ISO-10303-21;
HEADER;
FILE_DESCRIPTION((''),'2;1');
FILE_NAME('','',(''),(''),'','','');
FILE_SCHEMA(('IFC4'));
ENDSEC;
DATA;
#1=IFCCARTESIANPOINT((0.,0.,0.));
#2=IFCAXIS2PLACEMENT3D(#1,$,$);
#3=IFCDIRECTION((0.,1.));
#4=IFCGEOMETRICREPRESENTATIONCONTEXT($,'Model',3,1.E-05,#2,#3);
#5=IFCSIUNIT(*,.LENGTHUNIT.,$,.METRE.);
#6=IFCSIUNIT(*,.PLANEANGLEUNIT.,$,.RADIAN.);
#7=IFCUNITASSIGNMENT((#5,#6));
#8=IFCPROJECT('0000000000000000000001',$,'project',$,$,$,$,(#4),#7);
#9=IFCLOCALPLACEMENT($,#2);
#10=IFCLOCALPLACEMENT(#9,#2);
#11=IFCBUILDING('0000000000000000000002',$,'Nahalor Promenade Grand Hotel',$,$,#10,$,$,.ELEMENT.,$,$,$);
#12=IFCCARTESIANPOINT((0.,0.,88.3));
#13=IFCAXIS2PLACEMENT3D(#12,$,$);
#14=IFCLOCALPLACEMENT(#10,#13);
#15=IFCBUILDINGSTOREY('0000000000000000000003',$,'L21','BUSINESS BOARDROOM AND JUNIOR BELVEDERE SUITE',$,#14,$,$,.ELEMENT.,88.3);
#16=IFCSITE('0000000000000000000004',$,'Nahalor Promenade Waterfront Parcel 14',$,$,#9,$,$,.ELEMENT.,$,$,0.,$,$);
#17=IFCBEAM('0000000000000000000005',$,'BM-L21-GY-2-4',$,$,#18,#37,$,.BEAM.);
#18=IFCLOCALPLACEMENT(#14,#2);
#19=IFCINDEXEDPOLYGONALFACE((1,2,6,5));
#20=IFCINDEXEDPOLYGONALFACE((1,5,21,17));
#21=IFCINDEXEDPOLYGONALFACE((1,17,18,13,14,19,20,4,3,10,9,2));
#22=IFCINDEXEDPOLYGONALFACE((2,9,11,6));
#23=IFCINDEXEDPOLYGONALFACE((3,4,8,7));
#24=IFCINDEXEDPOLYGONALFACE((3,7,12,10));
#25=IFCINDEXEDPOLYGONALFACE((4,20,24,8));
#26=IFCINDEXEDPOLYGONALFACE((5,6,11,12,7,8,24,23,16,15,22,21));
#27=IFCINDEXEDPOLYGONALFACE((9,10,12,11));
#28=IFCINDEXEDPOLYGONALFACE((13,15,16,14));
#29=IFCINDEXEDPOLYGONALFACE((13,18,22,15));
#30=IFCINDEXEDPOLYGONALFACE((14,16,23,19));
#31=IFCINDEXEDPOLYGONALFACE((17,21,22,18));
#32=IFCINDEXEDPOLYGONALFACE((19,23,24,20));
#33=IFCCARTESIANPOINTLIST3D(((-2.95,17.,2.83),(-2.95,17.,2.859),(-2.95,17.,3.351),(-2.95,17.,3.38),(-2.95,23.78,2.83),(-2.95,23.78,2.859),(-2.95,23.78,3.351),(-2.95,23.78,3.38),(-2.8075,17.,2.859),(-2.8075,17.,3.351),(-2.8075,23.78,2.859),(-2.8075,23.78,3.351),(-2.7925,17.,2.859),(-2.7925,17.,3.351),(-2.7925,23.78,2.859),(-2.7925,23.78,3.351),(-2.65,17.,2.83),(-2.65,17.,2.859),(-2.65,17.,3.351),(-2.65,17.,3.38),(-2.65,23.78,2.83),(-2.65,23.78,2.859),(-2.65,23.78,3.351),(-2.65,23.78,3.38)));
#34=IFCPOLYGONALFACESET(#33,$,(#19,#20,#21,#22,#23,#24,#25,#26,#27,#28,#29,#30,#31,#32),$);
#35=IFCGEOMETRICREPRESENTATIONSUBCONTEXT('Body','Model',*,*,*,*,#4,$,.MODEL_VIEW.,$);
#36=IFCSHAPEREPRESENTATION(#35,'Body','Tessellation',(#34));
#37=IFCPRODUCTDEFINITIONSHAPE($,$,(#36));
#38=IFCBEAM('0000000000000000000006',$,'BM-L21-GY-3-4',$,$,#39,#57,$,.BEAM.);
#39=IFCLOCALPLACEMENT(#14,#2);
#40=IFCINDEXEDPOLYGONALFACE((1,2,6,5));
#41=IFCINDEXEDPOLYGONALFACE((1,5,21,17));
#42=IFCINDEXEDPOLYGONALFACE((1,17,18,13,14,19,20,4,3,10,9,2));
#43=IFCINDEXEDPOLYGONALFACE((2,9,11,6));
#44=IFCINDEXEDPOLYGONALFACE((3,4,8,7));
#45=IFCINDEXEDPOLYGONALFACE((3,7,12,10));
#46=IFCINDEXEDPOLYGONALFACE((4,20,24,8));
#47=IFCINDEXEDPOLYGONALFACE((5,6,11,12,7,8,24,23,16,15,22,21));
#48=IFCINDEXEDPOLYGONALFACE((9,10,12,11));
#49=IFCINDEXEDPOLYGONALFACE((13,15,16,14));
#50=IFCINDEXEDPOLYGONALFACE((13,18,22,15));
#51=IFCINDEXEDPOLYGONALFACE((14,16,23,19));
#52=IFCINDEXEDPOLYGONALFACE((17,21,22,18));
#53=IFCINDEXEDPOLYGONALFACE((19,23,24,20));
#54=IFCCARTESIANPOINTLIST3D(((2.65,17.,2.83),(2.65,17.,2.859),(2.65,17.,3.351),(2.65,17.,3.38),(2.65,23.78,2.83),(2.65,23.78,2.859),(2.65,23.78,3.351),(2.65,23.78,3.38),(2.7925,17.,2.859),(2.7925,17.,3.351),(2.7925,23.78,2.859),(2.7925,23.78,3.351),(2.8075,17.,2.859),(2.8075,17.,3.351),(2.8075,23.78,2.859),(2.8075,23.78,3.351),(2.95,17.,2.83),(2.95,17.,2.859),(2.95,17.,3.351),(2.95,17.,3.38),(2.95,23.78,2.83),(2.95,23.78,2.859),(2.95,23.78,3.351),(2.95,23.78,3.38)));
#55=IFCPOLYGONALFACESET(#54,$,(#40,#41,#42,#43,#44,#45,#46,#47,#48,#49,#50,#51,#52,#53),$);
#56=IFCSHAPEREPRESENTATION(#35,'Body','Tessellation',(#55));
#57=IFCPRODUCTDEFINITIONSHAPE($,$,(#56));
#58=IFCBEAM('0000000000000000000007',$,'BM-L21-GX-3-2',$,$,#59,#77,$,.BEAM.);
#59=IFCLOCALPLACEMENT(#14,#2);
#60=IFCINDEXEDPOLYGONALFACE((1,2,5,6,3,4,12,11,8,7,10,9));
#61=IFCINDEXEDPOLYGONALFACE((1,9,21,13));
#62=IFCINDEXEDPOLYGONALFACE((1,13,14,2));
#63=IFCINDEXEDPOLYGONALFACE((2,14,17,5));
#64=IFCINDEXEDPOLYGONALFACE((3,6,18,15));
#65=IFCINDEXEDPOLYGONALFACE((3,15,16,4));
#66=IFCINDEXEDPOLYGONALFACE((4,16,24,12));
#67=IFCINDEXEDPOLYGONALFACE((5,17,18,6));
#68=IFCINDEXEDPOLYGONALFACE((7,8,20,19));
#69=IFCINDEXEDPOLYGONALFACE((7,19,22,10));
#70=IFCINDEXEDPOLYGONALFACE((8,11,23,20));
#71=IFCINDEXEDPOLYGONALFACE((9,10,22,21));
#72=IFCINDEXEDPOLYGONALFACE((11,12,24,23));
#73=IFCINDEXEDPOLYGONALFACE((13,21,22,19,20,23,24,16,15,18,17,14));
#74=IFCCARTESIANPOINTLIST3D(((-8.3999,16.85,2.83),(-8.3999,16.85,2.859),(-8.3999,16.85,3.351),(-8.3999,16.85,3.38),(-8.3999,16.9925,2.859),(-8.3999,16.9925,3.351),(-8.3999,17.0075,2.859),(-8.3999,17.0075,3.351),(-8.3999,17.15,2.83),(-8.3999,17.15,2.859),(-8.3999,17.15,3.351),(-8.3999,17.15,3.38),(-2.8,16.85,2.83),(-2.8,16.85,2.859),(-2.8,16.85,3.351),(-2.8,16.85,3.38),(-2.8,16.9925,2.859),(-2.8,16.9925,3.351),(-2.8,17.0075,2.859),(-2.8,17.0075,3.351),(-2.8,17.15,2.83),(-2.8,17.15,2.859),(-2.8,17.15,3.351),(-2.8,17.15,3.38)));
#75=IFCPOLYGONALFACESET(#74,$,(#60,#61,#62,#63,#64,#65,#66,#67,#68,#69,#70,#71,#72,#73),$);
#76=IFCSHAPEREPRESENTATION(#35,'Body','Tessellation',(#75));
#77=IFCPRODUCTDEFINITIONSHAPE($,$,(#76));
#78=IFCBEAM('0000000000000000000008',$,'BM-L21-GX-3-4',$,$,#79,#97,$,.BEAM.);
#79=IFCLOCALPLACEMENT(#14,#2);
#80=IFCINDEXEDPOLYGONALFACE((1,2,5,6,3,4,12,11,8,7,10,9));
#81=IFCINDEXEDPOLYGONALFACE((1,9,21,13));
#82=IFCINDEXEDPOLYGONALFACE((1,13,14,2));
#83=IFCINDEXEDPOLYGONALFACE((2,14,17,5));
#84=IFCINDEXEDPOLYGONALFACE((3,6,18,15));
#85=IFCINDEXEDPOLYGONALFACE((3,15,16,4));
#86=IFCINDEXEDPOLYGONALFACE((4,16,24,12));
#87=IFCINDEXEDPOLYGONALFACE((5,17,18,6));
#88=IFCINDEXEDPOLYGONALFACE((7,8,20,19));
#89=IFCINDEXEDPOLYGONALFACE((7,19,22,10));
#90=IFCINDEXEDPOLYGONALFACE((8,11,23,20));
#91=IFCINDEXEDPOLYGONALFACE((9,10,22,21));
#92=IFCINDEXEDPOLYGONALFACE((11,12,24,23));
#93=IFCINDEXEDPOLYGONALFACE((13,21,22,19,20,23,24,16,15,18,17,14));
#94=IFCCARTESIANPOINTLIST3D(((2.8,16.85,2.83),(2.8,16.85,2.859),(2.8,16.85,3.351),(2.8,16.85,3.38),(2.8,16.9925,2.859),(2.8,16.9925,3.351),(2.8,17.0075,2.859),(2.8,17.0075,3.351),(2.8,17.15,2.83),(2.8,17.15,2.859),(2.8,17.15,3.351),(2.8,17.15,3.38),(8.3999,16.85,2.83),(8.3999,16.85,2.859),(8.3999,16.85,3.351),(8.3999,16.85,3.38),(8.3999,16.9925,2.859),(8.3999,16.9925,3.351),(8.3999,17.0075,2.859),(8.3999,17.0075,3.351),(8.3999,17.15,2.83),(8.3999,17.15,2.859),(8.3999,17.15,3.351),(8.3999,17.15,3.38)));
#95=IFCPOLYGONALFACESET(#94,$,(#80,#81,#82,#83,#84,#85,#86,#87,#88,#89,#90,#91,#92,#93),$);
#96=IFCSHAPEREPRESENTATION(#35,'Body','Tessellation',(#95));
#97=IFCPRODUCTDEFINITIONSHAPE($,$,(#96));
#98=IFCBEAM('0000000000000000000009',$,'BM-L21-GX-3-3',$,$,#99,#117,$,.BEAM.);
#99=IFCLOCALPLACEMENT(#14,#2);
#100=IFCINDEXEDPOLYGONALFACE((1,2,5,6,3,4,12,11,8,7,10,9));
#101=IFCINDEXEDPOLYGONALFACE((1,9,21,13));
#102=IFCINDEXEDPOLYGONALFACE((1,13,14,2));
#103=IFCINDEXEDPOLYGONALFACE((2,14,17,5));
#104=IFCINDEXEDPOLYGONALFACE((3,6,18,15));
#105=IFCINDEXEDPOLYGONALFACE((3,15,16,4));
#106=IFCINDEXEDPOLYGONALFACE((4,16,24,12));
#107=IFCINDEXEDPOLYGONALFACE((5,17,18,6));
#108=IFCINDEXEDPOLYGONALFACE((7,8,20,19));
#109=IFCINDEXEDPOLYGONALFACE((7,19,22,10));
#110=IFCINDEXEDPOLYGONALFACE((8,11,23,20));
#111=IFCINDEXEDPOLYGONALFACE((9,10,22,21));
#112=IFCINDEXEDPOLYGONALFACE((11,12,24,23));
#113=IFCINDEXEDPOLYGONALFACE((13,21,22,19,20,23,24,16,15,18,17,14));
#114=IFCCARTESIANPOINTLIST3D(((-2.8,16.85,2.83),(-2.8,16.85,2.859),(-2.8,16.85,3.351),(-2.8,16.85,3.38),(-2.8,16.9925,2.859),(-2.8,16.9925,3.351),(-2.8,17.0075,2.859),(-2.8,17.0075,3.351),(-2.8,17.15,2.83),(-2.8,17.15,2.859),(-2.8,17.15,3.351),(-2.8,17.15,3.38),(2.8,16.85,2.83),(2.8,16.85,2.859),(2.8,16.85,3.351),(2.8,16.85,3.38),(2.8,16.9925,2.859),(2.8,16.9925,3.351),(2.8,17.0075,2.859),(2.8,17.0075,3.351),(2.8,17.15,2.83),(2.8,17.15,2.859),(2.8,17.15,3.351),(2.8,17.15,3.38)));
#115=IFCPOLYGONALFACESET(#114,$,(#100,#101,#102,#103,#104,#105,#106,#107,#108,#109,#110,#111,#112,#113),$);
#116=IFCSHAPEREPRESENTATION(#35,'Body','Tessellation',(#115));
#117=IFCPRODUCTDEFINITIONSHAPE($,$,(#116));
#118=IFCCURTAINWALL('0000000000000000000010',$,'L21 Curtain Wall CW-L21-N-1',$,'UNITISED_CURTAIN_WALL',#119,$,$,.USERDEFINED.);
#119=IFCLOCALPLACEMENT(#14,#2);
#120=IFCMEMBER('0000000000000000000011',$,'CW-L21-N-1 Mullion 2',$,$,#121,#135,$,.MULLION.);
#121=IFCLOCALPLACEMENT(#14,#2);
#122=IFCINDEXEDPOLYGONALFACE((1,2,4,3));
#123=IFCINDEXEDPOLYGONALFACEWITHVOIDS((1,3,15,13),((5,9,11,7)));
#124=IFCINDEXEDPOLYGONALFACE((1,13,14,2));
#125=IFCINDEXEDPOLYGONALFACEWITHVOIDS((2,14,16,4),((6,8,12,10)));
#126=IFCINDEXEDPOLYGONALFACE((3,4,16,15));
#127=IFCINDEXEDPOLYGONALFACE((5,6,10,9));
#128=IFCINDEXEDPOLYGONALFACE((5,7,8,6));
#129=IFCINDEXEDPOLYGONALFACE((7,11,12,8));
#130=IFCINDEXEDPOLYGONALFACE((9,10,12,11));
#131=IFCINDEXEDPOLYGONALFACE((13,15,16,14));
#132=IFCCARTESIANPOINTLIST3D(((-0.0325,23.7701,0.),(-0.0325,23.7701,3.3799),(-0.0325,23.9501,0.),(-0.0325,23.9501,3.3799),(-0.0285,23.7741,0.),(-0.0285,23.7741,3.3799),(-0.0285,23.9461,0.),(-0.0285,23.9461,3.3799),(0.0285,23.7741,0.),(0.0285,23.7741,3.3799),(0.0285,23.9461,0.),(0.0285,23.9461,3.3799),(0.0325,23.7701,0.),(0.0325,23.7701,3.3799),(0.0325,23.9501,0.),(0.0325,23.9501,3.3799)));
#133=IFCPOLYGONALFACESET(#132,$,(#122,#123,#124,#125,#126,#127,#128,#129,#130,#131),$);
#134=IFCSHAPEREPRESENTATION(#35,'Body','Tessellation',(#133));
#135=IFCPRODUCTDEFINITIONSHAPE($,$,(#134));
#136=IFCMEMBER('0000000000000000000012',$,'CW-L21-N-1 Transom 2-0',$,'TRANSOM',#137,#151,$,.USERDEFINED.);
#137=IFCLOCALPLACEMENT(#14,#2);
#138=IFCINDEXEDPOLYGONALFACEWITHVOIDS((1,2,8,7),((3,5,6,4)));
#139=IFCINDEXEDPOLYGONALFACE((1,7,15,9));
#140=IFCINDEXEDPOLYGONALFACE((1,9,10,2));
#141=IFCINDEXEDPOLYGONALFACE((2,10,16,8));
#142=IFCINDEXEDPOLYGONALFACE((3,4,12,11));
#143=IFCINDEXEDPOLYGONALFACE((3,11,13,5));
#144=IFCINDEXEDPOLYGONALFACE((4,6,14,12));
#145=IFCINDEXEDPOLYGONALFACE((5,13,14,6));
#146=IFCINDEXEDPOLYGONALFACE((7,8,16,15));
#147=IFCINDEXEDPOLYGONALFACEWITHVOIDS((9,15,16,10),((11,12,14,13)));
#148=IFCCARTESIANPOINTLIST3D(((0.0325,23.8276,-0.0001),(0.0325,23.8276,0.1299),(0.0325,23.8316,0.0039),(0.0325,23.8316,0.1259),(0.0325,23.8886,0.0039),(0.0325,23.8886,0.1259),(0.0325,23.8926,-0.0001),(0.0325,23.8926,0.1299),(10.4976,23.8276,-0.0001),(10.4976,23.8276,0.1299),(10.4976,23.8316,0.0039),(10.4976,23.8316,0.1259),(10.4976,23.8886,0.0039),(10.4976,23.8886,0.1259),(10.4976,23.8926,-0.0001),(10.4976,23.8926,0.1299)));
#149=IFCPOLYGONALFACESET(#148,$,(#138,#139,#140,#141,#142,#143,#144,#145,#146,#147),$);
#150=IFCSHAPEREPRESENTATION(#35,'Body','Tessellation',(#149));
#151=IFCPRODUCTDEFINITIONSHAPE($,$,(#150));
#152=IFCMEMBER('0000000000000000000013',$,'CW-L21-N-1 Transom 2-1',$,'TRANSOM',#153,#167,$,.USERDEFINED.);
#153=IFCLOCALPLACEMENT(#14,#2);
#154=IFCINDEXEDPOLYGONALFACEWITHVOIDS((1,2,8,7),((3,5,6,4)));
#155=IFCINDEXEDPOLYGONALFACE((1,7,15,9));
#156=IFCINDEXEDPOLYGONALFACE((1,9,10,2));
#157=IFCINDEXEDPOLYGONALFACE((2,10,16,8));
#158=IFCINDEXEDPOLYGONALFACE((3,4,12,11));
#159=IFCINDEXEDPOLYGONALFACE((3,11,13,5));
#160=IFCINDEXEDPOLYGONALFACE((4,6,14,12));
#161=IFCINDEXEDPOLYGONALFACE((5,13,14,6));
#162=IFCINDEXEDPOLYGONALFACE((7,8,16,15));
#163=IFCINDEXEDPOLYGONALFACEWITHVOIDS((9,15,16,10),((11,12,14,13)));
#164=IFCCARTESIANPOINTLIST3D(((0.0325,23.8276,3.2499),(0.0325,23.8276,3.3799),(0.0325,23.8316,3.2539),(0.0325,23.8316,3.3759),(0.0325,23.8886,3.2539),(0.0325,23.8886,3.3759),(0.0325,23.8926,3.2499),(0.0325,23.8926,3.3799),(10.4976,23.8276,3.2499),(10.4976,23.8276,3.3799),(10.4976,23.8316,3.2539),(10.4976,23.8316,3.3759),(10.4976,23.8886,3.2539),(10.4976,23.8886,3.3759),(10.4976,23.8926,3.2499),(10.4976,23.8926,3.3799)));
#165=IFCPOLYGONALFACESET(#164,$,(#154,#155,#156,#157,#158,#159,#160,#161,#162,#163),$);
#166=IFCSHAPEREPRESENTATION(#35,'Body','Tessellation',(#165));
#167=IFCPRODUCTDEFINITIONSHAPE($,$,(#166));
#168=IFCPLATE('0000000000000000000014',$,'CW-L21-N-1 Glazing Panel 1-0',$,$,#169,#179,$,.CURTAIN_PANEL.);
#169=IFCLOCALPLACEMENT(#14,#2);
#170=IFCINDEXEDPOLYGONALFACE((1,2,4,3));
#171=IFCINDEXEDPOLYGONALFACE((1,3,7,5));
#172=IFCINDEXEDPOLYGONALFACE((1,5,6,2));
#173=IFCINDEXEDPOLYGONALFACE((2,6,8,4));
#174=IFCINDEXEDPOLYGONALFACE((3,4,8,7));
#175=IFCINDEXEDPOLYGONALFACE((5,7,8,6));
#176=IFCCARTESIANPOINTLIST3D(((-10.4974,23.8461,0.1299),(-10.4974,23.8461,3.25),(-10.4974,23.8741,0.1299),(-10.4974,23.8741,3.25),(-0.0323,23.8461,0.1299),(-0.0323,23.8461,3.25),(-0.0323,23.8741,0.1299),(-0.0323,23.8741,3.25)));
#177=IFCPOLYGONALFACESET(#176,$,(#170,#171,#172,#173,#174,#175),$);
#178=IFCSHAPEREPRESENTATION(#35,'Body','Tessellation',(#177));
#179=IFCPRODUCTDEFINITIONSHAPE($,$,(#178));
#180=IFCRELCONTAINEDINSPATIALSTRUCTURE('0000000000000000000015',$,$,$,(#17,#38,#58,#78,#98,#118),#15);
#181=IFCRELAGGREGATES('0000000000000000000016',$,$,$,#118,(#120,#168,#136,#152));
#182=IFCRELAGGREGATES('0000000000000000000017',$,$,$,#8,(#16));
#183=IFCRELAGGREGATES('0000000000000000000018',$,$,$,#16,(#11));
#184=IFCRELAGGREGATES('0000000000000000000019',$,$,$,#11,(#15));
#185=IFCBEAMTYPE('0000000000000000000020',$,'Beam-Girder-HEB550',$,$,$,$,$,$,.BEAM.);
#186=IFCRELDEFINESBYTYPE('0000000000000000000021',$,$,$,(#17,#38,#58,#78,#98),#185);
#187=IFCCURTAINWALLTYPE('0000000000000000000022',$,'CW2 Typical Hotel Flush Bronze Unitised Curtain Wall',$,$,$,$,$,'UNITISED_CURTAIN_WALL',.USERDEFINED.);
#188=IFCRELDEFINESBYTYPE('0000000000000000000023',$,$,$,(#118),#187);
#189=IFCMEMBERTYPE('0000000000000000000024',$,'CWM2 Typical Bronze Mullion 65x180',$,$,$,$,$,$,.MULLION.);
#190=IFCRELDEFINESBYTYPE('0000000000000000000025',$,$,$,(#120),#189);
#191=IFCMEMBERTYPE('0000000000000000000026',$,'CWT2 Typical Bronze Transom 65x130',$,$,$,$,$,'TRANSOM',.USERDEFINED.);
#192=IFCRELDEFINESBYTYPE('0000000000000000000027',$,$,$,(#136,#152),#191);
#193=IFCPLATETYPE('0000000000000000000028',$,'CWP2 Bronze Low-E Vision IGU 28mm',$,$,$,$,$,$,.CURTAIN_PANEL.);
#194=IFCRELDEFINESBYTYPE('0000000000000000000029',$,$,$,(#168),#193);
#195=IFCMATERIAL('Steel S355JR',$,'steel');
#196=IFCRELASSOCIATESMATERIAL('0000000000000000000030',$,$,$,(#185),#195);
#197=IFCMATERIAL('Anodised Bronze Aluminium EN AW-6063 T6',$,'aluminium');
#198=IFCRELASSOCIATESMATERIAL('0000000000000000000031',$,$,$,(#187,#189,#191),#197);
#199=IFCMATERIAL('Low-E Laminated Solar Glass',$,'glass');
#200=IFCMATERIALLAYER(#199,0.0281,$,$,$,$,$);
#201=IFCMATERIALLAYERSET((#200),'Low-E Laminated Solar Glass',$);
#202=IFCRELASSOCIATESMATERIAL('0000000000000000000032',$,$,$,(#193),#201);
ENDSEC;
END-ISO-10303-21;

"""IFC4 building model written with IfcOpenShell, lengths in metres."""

from ifc_helpers import new_model, si_unit, direction, frame, origin, origin_2d, place, context, subcontext, project, spatial, rectangle, hollow_rectangle, i_section, extrude, source, transform, mapped, material, layer, layer_set, material_profile, profile_set, type_object, element, aggregate, save


model = new_model("IFC4")

# Units and contexts
model_context = context("Model", 3, precision=1e-05, world=origin(), true_north=direction((0.0, 1.0)))
body_context = subcontext(model_context, "Body", "Model", "MODEL_VIEW")
ifc_project = project(units=[si_unit("LENGTHUNIT", "METRE"), si_unit("PLANEANGLEUNIT", "RADIAN")], contexts=[model_context])

# Site, building, storey
site_placement = place(None, origin())
site = spatial("IfcSite", under=ifc_project, at=site_placement, Name="Nahalor Promenade Waterfront Parcel 14", CompositionType="ELEMENT", RefElevation=0.0)
building_placement = place(site_placement, origin())
building = spatial("IfcBuilding", under=site, at=building_placement, Name="Nahalor Promenade Grand Hotel", CompositionType="ELEMENT")
storey_placement = place(building_placement, frame((0.0, 0.0, 88.3)))
storey = spatial("IfcBuildingStorey", under=building, at=storey_placement, Name="L21", Description="BUSINESS BOARDROOM AND JUNIOR BELVEDERE SUITE", CompositionType="ELEMENT", Elevation=88.3)

# Beams
ifc_material_1 = material(Name="Steel S355JR", Category="steel")
ifc_material_profile_1 = material_profile(ifc_material_1, i_section(OverallWidth=0.3, OverallDepth=0.55, WebThickness=0.015, FlangeThickness=0.029, at=origin_2d()), Name="HEB 550")
ifc_profile_set_1 = profile_set([ifc_material_profile_1], Name="Steel S355JR")
beam_type_1 = type_object("IfcBeamType", Name="Beam-Girder-HEB550", PredefinedType="BEAM", material=ifc_profile_set_1)
shared_shape_1 = source(origin(), body_context, "Body", "SweptSolid", [
    extrude(i_section(OverallWidth=0.3, OverallDepth=0.55, WebThickness=0.015, FlangeThickness=0.029, at=origin_2d()), origin(), (0.0, 0.0, 1.0), 6.78),
])
for number, where, z_axis, x_axis, name in (
    (1, (-2.8, 17.0, 3.105), (0.0, 1.0, 0.0), (-1.0, 0.0, 0.0), "BM-L21-GY-2-4"),
    (2, (2.8, 17.0, 3.105), (0.0, 1.0, 0.0), (-1.0, 0.0, 0.0), "BM-L21-GY-3-4"),
):
    element("IfcBeam", number, at=place(storey_placement, frame(where, z_axis=z_axis, x_axis=x_axis)), inside=storey, type_object=beam_type_1, Name=name, PredefinedType="BEAM", context=body_context, shape_type="MappedRepresentation", body=[
        mapped(shared_shape_1, transform((0.0, 0.0, 0.0), scale=1.0)),
    ])
shared_shape_2 = source(origin(), body_context, "Body", "SweptSolid", [
    extrude(i_section(OverallWidth=0.3, OverallDepth=0.55, WebThickness=0.015, FlangeThickness=0.029, at=origin_2d()), origin(), (0.0, 0.0, 1.0), 5.5999),
])
for number, where, z_axis, x_axis, name in (
    (3, (-8.3999, 17.0, 3.105), (1.0, 0.0, 0.0), (0.0, 1.0, 0.0), "BM-L21-GX-3-2"),
    (4, (2.8, 17.0, 3.105), (1.0, 0.0, 0.0), (0.0, 1.0, 0.0), "BM-L21-GX-3-4"),
):
    element("IfcBeam", number, at=place(storey_placement, frame(where, z_axis=z_axis, x_axis=x_axis)), inside=storey, type_object=beam_type_1, Name=name, PredefinedType="BEAM", context=body_context, shape_type="MappedRepresentation", body=[
        mapped(shared_shape_2, transform((0.0, 0.0, 0.0), scale=1.0)),
    ])
shared_shape_3 = source(origin(), body_context, "Body", "SweptSolid", [
    extrude(i_section(OverallWidth=0.3, OverallDepth=0.55, WebThickness=0.015, FlangeThickness=0.029, at=origin_2d()), origin(), (0.0, 0.0, 1.0), 5.6001),
])
beam_1_placement = place(storey_placement, frame((-2.8, 17.0, 3.105), z_axis=(1.0, 0.0, 0.0), x_axis=(0.0, 1.0, 0.0)))
element("IfcBeam", 5, at=beam_1_placement, inside=storey, type_object=beam_type_1, Name="BM-L21-GX-3-3", PredefinedType="BEAM", context=body_context, shape_type="MappedRepresentation", body=[
    mapped(shared_shape_3, transform((0.0, 0.0, 0.0), scale=1.0)),
])

# Curtain wall, members, plate
ifc_material_2 = material(Name="Anodised Bronze Aluminium EN AW-6063 T6", Category="aluminium")
curtain_wall_type = type_object("IfcCurtainWallType", Name="CW2 Typical Hotel Flush Bronze Unitised Curtain Wall", ElementType="UNITISED_CURTAIN_WALL", PredefinedType="USERDEFINED", material=ifc_material_2)
curtain_wall_placement = place(storey_placement, origin())
curtain_wall = element("IfcCurtainWall", 6, at=curtain_wall_placement, inside=storey, type_object=curtain_wall_type, Name="L21 Curtain Wall CW-L21-N-1", ObjectType="UNITISED_CURTAIN_WALL", PredefinedType="USERDEFINED")
ifc_material_profile_2 = material_profile(ifc_material_2, hollow_rectangle(XDim=0.065, YDim=0.18, WallThickness=0.004, at=origin_2d()), Name="CWM 65x180x4")
ifc_profile_set_2 = profile_set([ifc_material_profile_2], Name="Anodised Bronze Aluminium EN AW-6063 T6")
member_type_1 = type_object("IfcMemberType", Name="CWM2 Typical Bronze Mullion 65x180", PredefinedType="MULLION", material=ifc_profile_set_2)
shared_shape_4 = source(origin(), body_context, "Body", "SweptSolid", [
    extrude(hollow_rectangle(XDim=0.065, YDim=0.18, WallThickness=0.004, at=origin_2d()), origin(), (0.0, 0.0, 1.0), 3.3799),
])
member_1_placement = place(storey_placement, frame((0.0, 23.8601, 0.0), z_axis=(0.0, 0.0, 1.0), x_axis=(1.0, 0.0, 0.0)))
member_1 = element("IfcMember", 7, at=member_1_placement, type_object=member_type_1, Name="CW-L21-N-1 Mullion 2", PredefinedType="MULLION", context=body_context, shape_type="MappedRepresentation", body=[
    mapped(shared_shape_4, transform((0.0, 0.0, 0.0), scale=1.0)),
])
ifc_material_profile_3 = material_profile(ifc_material_2, hollow_rectangle(XDim=0.065, YDim=0.13, WallThickness=0.004, at=origin_2d()), Name="CWT 65x130x4")
ifc_profile_set_3 = profile_set([ifc_material_profile_3], Name="Anodised Bronze Aluminium EN AW-6063 T6")
member_type_2 = type_object("IfcMemberType", Name="CWT2 Typical Bronze Transom 65x130", ElementType="TRANSOM", PredefinedType="USERDEFINED", material=ifc_profile_set_3)
shared_shape_5 = source(origin(), body_context, "Body", "SweptSolid", [
    extrude(hollow_rectangle(XDim=0.065, YDim=0.13, WallThickness=0.004, at=origin_2d()), origin(), (0.0, 0.0, 1.0), 10.4651),
])
member_2_placement = place(storey_placement, frame((0.0325, 23.8601, 0.0649), z_axis=(1.0, 0.0, 0.0), x_axis=(0.0, 1.0, 0.0)))
member_2 = element("IfcMember", 8, at=member_2_placement, type_object=member_type_2, Name="CW-L21-N-1 Transom 2-0", ObjectType="TRANSOM", PredefinedType="USERDEFINED", context=body_context, shape_type="MappedRepresentation", body=[
    mapped(shared_shape_5, transform((0.0, 0.0, 0.0), scale=1.0)),
])
member_3_placement = place(storey_placement, frame((0.0325, 23.8601, 3.3149), z_axis=(1.0, 0.0, 0.0), x_axis=(0.0, 1.0, 0.0)))
member_3 = element("IfcMember", 9, at=member_3_placement, type_object=member_type_2, Name="CW-L21-N-1 Transom 2-1", ObjectType="TRANSOM", PredefinedType="USERDEFINED", context=body_context, shape_type="MappedRepresentation", body=[
    mapped(shared_shape_5, transform((0.0, 0.0, 0.0), scale=1.0)),
])
ifc_material_3 = material(Name="Low-E Laminated Solar Glass", Category="glass")
ifc_layer_1 = layer(ifc_material_3, 0.0281)
ifc_layer_set_1 = layer_set([ifc_layer_1], Name="Low-E Laminated Solar Glass")
plate_type = type_object("IfcPlateType", Name="CWP2 Bronze Low-E Vision IGU 28mm", PredefinedType="CURTAIN_PANEL", material=ifc_layer_set_1)
shared_shape_6 = source(origin(), body_context, "Body", "SweptSolid", [
    extrude(rectangle(XDim=10.4651, YDim=0.0281, at=origin_2d()), origin(), (0.0, 0.0, 1.0), 3.1201),
])
plate_1_placement = place(storey_placement, frame((-5.2649, 23.8601, 0.1299), z_axis=(0.0, 0.0, 1.0), x_axis=(1.0, 0.0, 0.0)))
plate_1 = element("IfcPlate", 10, at=plate_1_placement, type_object=plate_type, Name="CW-L21-N-1 Glazing Panel 1-0", PredefinedType="CURTAIN_PANEL", context=body_context, shape_type="MappedRepresentation", body=[
    mapped(shared_shape_6, transform((0.0, 0.0, 0.0), scale=1.0)),
])
aggregate(curtain_wall, [member_1, plate_1, member_2, member_3])

save(model, "model.ifc")
